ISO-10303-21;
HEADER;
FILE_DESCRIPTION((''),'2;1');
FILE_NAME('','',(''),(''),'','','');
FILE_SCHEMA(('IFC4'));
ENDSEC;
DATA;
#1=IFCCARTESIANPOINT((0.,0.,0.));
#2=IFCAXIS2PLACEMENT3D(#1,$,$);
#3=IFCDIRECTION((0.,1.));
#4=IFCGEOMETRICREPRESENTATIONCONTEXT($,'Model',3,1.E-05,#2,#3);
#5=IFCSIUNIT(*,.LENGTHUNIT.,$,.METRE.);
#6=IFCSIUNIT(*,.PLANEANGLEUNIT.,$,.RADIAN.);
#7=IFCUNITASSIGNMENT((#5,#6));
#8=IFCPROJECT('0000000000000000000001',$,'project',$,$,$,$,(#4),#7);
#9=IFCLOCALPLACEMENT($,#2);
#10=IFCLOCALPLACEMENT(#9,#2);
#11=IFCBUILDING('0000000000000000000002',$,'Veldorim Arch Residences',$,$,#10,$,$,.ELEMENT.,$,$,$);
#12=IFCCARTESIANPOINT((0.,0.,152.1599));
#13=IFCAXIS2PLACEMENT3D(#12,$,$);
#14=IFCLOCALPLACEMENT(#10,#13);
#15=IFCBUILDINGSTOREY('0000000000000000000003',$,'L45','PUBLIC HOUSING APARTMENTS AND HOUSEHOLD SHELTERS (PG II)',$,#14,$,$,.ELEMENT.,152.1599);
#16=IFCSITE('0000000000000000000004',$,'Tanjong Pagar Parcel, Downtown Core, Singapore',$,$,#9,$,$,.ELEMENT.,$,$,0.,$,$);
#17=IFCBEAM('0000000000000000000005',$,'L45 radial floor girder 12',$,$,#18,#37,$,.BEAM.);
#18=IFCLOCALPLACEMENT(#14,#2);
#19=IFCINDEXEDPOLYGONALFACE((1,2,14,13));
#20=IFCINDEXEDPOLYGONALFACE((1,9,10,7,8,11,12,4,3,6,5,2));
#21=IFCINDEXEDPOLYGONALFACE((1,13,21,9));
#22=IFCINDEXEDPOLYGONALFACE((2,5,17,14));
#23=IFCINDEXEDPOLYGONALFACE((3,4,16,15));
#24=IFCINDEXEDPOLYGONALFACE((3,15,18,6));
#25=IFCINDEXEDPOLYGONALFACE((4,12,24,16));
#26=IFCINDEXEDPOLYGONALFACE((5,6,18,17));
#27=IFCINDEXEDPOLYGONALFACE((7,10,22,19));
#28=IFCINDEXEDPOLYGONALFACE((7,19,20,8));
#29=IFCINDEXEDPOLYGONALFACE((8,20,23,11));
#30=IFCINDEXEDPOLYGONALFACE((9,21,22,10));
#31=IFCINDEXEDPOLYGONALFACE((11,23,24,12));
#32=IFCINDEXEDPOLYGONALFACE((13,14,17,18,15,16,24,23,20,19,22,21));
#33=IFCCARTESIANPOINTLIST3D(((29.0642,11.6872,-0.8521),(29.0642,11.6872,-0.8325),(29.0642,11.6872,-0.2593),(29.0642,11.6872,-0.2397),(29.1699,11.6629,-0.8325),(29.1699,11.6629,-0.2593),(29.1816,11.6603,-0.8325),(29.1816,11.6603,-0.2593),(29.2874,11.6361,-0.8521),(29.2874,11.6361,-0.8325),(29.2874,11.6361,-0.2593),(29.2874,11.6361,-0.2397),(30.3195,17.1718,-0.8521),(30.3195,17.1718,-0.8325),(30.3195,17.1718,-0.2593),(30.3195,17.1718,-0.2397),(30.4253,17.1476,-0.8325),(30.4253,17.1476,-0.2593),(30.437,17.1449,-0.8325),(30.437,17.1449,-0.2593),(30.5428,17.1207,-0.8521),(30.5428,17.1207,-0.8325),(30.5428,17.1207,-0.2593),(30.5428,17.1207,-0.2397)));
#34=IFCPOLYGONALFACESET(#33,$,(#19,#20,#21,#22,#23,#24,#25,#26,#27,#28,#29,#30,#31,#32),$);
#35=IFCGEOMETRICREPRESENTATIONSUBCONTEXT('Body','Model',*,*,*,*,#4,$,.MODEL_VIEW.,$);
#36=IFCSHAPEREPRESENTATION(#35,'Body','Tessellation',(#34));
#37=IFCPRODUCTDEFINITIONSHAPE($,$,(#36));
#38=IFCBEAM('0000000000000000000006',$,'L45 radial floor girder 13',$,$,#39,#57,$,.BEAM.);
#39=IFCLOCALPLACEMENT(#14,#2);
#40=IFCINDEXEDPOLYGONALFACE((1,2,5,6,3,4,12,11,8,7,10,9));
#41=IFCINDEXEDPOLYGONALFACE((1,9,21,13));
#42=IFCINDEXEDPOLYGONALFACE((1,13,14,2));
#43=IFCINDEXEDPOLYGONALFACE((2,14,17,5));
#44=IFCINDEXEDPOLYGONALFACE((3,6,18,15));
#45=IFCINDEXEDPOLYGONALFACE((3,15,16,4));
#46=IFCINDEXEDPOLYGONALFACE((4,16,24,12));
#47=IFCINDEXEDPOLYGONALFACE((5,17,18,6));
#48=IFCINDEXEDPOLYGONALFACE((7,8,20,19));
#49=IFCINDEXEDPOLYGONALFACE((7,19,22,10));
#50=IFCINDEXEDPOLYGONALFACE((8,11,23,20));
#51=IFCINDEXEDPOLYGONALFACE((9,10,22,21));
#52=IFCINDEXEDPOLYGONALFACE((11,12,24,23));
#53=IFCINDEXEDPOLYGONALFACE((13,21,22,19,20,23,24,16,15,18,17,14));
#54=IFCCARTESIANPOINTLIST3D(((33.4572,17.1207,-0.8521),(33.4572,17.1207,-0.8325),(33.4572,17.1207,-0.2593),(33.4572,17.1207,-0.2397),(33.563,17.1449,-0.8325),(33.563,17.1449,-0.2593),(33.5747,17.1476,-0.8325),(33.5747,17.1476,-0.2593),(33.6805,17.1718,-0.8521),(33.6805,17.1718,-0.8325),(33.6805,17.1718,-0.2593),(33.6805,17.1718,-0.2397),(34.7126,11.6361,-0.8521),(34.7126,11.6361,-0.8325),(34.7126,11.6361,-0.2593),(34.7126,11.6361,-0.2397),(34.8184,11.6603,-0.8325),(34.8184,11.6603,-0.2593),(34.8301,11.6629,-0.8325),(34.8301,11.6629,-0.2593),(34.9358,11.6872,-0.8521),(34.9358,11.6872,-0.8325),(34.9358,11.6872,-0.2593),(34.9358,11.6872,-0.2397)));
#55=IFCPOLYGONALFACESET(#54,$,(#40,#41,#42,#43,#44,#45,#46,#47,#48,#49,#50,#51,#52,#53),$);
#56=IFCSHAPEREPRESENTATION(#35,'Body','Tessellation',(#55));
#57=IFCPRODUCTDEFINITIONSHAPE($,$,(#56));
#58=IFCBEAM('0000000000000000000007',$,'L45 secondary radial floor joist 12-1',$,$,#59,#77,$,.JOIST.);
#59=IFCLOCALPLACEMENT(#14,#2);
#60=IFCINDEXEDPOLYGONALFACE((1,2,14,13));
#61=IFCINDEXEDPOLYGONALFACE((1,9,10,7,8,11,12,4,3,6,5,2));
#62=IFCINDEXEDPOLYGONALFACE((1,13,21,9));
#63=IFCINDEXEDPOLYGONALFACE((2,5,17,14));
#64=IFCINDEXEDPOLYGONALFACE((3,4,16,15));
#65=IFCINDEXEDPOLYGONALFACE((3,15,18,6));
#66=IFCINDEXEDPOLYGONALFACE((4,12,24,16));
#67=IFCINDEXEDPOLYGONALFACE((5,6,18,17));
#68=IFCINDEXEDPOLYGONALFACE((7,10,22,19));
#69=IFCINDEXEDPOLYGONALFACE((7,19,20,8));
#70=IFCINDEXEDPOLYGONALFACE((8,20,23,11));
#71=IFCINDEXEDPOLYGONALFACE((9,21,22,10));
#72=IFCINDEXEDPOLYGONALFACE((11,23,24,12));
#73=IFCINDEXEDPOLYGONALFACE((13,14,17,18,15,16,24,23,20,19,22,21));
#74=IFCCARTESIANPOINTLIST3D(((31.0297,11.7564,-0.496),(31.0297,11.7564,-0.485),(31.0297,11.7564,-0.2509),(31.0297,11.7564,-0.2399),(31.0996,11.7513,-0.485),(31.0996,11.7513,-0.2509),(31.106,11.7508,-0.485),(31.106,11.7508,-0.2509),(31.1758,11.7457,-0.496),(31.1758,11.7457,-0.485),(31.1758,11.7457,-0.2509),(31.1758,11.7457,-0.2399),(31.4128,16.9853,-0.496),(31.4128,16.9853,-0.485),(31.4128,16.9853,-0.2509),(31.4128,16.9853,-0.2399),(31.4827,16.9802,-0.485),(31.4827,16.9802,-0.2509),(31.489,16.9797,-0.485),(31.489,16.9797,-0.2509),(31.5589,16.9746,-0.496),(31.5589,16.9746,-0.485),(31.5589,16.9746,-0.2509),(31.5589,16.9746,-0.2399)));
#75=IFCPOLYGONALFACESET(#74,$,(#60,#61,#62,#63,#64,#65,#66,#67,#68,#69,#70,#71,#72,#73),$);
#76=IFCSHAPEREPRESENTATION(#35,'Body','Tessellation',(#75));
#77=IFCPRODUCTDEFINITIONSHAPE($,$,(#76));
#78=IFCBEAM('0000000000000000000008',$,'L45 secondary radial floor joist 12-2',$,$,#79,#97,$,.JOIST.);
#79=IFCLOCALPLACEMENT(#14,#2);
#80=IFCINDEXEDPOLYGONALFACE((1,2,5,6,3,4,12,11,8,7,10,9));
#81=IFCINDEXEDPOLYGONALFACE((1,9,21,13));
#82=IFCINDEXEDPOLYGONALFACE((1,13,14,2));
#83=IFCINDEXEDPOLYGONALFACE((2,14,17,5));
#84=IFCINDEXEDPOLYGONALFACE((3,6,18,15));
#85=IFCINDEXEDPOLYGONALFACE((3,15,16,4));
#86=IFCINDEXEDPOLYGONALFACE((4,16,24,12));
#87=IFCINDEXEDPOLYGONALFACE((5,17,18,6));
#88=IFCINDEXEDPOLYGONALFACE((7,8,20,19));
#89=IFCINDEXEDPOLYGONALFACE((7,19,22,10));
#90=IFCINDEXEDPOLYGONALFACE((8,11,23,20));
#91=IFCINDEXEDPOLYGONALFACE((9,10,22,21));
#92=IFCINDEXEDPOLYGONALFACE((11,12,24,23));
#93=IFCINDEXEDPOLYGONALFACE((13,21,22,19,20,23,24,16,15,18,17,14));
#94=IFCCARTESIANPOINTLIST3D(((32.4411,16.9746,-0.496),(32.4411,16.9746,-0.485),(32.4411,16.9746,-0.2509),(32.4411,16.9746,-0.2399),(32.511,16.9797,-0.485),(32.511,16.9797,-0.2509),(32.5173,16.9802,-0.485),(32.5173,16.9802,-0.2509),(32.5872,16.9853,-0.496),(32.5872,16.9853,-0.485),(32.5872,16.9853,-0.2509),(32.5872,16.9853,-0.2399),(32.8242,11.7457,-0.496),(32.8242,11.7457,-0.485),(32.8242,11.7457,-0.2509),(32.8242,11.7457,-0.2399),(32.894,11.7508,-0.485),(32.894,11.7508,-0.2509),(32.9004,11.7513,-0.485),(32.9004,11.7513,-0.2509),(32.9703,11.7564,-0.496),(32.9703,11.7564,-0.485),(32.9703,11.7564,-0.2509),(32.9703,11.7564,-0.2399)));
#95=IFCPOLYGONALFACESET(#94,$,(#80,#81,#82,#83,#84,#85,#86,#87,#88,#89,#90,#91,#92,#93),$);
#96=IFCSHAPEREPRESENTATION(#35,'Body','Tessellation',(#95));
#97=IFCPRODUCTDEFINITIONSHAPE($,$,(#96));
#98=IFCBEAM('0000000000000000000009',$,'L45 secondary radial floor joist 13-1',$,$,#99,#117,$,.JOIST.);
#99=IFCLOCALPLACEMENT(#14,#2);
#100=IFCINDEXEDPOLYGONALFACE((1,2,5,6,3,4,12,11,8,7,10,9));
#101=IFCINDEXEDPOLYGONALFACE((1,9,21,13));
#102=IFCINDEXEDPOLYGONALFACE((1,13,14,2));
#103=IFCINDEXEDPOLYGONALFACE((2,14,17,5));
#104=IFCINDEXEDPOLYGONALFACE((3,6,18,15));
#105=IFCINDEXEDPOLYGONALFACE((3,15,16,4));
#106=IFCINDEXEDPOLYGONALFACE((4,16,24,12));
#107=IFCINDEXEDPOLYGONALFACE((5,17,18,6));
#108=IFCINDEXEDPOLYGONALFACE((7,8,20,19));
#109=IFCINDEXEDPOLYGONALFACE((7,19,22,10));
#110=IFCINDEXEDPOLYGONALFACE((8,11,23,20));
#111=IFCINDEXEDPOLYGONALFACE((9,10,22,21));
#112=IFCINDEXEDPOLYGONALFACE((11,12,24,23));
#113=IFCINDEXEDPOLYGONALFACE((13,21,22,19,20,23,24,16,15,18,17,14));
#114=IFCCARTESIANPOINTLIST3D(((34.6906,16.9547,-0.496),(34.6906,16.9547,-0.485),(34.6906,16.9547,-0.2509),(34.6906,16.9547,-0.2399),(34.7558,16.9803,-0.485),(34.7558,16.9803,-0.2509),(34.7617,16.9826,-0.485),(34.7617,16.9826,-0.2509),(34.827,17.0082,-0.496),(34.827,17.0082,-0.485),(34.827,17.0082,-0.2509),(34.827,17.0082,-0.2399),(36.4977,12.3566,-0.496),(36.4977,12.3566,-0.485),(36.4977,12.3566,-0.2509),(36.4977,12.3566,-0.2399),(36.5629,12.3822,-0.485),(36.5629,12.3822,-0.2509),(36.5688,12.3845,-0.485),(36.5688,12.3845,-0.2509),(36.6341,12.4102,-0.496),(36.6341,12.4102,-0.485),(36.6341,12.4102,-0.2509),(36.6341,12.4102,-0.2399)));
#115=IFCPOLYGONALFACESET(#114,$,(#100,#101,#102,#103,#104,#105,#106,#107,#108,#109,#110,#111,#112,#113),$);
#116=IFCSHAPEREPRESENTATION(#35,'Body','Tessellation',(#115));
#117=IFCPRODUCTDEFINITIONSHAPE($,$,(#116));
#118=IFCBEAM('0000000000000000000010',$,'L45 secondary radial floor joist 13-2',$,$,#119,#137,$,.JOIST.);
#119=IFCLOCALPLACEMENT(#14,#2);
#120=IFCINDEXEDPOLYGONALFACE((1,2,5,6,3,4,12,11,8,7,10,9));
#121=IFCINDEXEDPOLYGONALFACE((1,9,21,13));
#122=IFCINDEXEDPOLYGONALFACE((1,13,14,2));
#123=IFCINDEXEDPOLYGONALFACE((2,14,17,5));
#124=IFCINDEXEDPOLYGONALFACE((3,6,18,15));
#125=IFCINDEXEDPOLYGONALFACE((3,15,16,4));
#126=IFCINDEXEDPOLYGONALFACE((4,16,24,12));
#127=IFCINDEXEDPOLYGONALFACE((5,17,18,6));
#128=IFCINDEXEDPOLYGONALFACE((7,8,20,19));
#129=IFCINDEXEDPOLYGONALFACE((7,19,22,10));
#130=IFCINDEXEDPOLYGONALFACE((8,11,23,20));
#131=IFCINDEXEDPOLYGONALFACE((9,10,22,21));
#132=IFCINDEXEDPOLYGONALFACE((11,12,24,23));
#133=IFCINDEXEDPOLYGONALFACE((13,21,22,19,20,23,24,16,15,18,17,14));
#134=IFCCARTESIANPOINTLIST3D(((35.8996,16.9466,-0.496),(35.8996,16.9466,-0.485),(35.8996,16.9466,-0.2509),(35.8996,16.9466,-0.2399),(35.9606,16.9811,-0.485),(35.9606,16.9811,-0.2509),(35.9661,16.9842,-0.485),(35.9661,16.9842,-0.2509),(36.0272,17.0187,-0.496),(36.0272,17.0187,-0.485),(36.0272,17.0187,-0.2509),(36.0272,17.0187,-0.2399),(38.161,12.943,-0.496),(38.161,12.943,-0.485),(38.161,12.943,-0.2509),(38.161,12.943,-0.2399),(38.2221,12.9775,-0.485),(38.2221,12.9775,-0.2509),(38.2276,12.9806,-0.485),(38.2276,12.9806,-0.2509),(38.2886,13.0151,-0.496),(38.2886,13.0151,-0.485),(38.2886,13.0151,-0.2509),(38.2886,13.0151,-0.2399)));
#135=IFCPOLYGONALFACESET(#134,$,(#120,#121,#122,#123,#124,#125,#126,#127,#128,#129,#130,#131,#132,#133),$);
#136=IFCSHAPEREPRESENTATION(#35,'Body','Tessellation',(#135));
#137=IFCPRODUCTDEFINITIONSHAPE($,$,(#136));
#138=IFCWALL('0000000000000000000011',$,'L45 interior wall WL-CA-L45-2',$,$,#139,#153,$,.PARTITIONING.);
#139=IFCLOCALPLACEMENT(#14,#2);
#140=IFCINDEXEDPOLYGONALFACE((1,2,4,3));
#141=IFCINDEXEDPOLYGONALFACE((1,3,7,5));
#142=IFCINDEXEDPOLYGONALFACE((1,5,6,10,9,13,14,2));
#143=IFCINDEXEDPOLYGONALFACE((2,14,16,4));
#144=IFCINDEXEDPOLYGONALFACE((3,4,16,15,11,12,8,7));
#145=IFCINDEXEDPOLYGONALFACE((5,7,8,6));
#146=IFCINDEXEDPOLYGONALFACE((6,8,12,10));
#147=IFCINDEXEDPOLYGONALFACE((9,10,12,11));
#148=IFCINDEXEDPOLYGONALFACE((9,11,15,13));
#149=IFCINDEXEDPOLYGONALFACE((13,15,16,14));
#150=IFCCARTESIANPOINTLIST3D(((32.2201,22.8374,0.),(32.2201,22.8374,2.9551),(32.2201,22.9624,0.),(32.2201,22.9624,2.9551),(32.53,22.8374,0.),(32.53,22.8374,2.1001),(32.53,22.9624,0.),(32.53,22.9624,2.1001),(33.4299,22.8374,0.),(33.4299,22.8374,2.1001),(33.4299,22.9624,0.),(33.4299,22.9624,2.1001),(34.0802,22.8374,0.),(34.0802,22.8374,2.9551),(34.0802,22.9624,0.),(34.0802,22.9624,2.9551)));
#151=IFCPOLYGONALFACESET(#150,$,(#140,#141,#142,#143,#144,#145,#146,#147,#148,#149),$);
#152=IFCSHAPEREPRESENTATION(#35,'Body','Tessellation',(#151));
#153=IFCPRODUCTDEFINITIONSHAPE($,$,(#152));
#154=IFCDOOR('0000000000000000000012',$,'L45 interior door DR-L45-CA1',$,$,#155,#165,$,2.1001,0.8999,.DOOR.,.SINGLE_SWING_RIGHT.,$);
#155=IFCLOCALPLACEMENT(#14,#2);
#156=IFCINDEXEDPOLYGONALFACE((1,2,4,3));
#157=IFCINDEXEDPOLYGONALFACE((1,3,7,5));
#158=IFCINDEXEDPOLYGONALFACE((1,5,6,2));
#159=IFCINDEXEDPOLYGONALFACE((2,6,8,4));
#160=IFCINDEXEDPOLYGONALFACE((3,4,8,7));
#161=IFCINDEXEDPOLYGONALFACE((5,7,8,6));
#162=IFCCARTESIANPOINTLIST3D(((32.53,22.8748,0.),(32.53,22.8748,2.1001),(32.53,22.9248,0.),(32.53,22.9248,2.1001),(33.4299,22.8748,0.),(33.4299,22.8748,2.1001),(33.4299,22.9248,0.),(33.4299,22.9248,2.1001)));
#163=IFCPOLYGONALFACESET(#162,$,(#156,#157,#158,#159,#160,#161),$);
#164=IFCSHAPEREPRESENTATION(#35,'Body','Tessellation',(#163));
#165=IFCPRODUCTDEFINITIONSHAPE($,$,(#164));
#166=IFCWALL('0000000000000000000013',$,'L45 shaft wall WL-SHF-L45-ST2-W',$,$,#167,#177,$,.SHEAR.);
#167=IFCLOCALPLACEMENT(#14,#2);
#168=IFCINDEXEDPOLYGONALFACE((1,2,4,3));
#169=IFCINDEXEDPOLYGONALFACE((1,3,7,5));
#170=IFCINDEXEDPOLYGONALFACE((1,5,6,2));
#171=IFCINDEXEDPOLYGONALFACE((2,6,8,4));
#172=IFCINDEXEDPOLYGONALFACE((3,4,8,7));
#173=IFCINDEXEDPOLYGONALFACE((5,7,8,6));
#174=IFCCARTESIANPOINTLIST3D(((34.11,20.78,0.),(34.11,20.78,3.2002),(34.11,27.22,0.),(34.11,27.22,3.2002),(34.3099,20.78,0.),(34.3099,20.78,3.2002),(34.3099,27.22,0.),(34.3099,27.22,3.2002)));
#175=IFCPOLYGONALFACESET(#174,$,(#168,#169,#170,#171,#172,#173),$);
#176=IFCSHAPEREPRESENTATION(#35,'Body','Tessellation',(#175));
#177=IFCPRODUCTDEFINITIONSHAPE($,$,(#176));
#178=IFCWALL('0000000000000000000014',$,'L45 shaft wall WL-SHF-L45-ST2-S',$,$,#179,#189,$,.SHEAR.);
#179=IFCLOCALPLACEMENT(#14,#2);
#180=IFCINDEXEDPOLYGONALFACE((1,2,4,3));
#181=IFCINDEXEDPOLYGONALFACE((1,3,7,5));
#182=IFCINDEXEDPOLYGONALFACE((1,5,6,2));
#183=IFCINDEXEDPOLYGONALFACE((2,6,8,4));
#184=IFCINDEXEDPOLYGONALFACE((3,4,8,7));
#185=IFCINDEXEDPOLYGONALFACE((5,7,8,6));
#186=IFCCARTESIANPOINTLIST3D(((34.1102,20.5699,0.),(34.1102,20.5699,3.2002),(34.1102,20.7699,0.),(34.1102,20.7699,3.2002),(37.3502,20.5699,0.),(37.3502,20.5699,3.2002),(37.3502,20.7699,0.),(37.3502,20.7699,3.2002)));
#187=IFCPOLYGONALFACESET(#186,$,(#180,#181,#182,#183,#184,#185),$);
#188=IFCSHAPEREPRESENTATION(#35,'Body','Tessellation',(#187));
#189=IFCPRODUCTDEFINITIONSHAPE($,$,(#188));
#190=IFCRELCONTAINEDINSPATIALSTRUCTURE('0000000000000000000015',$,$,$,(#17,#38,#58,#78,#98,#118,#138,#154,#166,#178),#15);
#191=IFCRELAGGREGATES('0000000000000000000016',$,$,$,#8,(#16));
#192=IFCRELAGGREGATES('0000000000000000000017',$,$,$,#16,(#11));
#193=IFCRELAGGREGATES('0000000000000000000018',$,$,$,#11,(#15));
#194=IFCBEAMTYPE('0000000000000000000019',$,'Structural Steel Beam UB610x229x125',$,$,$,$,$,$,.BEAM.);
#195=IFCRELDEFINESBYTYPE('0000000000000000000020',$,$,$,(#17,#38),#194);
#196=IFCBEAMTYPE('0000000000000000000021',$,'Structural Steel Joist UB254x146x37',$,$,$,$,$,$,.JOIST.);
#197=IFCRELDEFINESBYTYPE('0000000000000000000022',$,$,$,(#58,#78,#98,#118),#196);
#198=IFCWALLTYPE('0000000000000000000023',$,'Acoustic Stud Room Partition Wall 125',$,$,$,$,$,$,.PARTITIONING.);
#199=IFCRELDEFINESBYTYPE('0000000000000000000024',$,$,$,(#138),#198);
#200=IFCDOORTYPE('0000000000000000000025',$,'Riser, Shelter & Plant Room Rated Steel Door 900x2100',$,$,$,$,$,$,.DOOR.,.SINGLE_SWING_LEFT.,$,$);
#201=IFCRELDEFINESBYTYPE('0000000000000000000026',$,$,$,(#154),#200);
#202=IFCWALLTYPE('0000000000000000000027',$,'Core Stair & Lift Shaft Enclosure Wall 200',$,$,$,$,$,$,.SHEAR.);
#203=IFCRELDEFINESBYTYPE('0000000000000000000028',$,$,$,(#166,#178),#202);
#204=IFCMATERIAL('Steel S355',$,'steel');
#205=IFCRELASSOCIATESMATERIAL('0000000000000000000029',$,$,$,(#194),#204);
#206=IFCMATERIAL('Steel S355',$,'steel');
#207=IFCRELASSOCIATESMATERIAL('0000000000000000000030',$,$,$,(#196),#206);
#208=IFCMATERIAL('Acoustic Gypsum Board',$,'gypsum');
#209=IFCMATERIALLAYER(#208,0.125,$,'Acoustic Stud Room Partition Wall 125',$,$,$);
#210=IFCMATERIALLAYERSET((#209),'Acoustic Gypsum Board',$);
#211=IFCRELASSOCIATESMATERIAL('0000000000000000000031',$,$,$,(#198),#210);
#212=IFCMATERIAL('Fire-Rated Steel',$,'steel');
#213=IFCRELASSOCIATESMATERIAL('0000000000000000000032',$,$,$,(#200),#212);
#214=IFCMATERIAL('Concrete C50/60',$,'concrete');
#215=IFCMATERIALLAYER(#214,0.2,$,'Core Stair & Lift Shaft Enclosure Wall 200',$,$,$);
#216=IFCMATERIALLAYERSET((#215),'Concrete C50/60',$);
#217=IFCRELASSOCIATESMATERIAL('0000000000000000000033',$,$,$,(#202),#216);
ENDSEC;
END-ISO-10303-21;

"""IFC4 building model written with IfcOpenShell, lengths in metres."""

from ifc_helpers import new_model, si_unit, direction, frame, frame_2d, origin, origin_2d, place, context, subcontext, project, spatial, rectangle, i_section, extrude, material, layer, layer_set, material_profile, profile_set, type_object, element, fill, save


model = new_model("IFC4")

# Units and contexts
model_context = context("Model", 3, precision=1e-05, world=origin(), true_north=direction((0.0, 1.0)))
body_context = subcontext(model_context, "Body", "Model", "MODEL_VIEW")
ifc_project = project(units=[si_unit("LENGTHUNIT", "METRE"), si_unit("PLANEANGLEUNIT", "RADIAN")], contexts=[model_context])

# Site, building, storey
site_placement = place(None, origin())
site = spatial("IfcSite", under=ifc_project, at=site_placement, Name="Tanjong Pagar Parcel, Downtown Core, Singapore", CompositionType="ELEMENT", RefElevation=0.0)
building_placement = place(site_placement, origin())
building = spatial("IfcBuilding", under=site, at=building_placement, Name="Veldorim Arch Residences", CompositionType="ELEMENT")
storey_placement = place(building_placement, frame((0.0, 0.0, 152.1599)))
storey = spatial("IfcBuildingStorey", under=building, at=storey_placement, Name="L45", Description="PUBLIC HOUSING APARTMENTS AND HOUSEHOLD SHELTERS (PG II)", CompositionType="ELEMENT", Elevation=152.1599)

# Beams
ifc_material_1 = material(Name="Steel S355", Category="steel")
ifc_material_profile_1 = material_profile(ifc_material_1, i_section(OverallWidth=0.229, OverallDepth=0.6123, WebThickness=0.012, FlangeThickness=0.0195, at=origin_2d()), Name="UB610x229x125")
ifc_profile_set_1 = profile_set([ifc_material_profile_1], Name="Steel S355")
beam_type_1 = type_object("IfcBeamType", Name="Structural Steel Beam UB610x229x125", PredefinedType="BEAM", material=ifc_profile_set_1)
for number, where, z_axis, x_axis, name in (
    (1, (30.4312, 17.1462, -0.5459), (-0.223119, -0.974791, 0.0), (0.974791, -0.223119, 0.0), "L45 radial floor girder 12"),
    (2, (33.5688, 17.1462, -0.5459), (0.223119, -0.974791, 0.0), (0.974791, 0.223119, 0.0), "L45 radial floor girder 13"),
):
    element("IfcBeam", number, at=place(storey_placement, frame(where, z_axis=z_axis, x_axis=x_axis)), inside=storey, type_object=beam_type_1, Name=name, PredefinedType="BEAM", context=body_context, shape_type="SweptSolid", body=[
        extrude(i_section(OverallWidth=0.229, OverallDepth=0.6123, WebThickness=0.012, FlangeThickness=0.0195, at=origin_2d()), origin(), (0.0, 0.0, 1.0), 5.6265),
    ])
ifc_material_2 = material(Name="Steel S355", Category="steel")
ifc_material_profile_2 = material_profile(ifc_material_2, i_section(OverallWidth=0.1465, OverallDepth=0.2561, WebThickness=0.0063, FlangeThickness=0.011, at=origin_2d()), Name="UB254x146x37")
ifc_profile_set_2 = profile_set([ifc_material_profile_2], Name="Steel S355")
beam_type_2 = type_object("IfcBeamType", Name="Structural Steel Joist UB254x146x37", PredefinedType="JOIST", material=ifc_profile_set_2)
for number, where, z_axis, x_axis, name in (
    (3, (31.4858, 16.98, -0.3679), (-0.07306, -0.997328, 0.0), (0.997328, -0.07306, 0.0), "L45 secondary radial floor joist 12-1"),
    (4, (32.5142, 16.98, -0.3679), (0.07306, -0.997328, 0.0), (0.997328, 0.07306, 0.0), "L45 secondary radial floor joist 12-2"),
):
    element("IfcBeam", number, at=place(storey_placement, frame(where, z_axis=z_axis, x_axis=x_axis)), inside=storey, type_object=beam_type_2, Name=name, PredefinedType="JOIST", context=body_context, shape_type="SweptSolid", body=[
        extrude(i_section(OverallWidth=0.1465, OverallDepth=0.2561, WebThickness=0.0063, FlangeThickness=0.011, at=origin_2d()), origin(), (0.0, 0.0, 1.0), 5.2429),
    ])
beam_1_placement = place(storey_placement, frame((34.7588, 16.9814, -0.3679), z_axis=(0.365778, -0.930702, 0.0), x_axis=(0.930702, 0.365778, 0.0)))
element("IfcBeam", 5, at=beam_1_placement, inside=storey, type_object=beam_type_2, Name="L45 secondary radial floor joist 13-1", PredefinedType="JOIST", context=body_context, shape_type="SweptSolid", body=[
    extrude(i_section(OverallWidth=0.1465, OverallDepth=0.2561, WebThickness=0.0063, FlangeThickness=0.011, at=origin_2d()), origin(), (0.0, 0.0, 1.0), 4.9404),
])
beam_2_placement = place(storey_placement, frame((35.9634, 16.9827, -0.3679), z_axis=(0.491816, -0.870699, 0.0), x_axis=(0.870699, 0.491816, 0.0)))
element("IfcBeam", 6, at=beam_2_placement, inside=storey, type_object=beam_type_2, Name="L45 secondary radial floor joist 13-2", PredefinedType="JOIST", context=body_context, shape_type="SweptSolid", body=[
    extrude(i_section(OverallWidth=0.1465, OverallDepth=0.2561, WebThickness=0.0063, FlangeThickness=0.011, at=origin_2d()), origin(), (0.0, 0.0, 1.0), 4.5981),
])

# Wall, opening, door
ifc_material_3 = material(Name="Acoustic Gypsum Board", Category="gypsum")
ifc_layer_1 = layer(ifc_material_3, 0.125, Name="Acoustic Stud Room Partition Wall 125")
ifc_layer_set_1 = layer_set([ifc_layer_1], Name="Acoustic Gypsum Board")
wall_type_1 = type_object("IfcWallType", Name="Acoustic Stud Room Partition Wall 125", PredefinedType="PARTITIONING", material=ifc_layer_set_1)
wall_1_placement = place(storey_placement, frame((32.22, 22.8999, 0.0), z_axis=(0.0, 0.0, 1.0), x_axis=(1.0, 0.0, 0.0)))
wall_1 = element("IfcWall", 7, at=wall_1_placement, inside=storey, type_object=wall_type_1, Name="L45 interior wall WL-CA-L45-2", PredefinedType="PARTITIONING", context=body_context, shape_type="SweptSolid", body=[
    extrude(rectangle(XDim=1.8601, YDim=0.125, at=frame_2d((0.9302, 0.0))), origin(), (0.0, 0.0, 1.0), 2.9551),
])
opening_1_placement = place(wall_1_placement, frame((0.3101, 0.0, 0.0)))
opening_1 = element("IfcOpeningElement", 8, at=opening_1_placement, cuts=wall_1, PredefinedType="OPENING", context=body_context, shape_type="SweptSolid", body=[
    extrude(rectangle(XDim=0.8999, YDim=2.1001, at=frame_2d((0.45, 1.05))), frame((0.0, 0.0725, 0.0), z_axis=(0.0, -1.0, 0.0), x_axis=(1.0, 0.0, 0.0)), (0.0, 0.0, 1.0), 0.145),
])
ifc_material_4 = material(Name="Fire-Rated Steel", Category="steel")
door_type_1 = type_object("IfcDoorType", Name="Riser, Shelter & Plant Room Rated Steel Door 900x2100", OperationType="SINGLE_SWING_LEFT", PredefinedType="DOOR", material=ifc_material_4)
door_1_placement = place(opening_1_placement, origin())
door_1 = element("IfcDoor", 9, at=door_1_placement, inside=storey, type_object=door_type_1, Name="L45 interior door DR-L45-CA1", OperationType="SINGLE_SWING_RIGHT", OverallHeight=2.1001, OverallWidth=0.8999, PredefinedType="DOOR", context=body_context, shape_type="SweptSolid", body=[
    extrude(rectangle(XDim=0.8999, YDim=2.1001, at=frame_2d((0.45, 1.05))), frame((0.0, 0.0249, 0.0), z_axis=(0.0, -1.0, 0.0), x_axis=(1.0, 0.0, 0.0)), (0.0, 0.0, 1.0), 0.05),
])
fill(opening_1, door_1)

# Walls
ifc_material_5 = material(Name="Concrete C50/60", Category="concrete")
ifc_layer_2 = layer(ifc_material_5, 0.2, Name="Core Stair & Lift Shaft Enclosure Wall 200")
ifc_layer_set_2 = layer_set([ifc_layer_2], Name="Concrete C50/60")
wall_type_2 = type_object("IfcWallType", Name="Core Stair & Lift Shaft Enclosure Wall 200", PredefinedType="SHEAR", material=ifc_layer_set_2)
wall_2_placement = place(storey_placement, frame((34.21, 20.78, 0.0), z_axis=(0.0, 0.0, 1.0), x_axis=(0.0, 1.0, 0.0)))
element("IfcWall", 10, at=wall_2_placement, inside=storey, type_object=wall_type_2, Name="L45 shaft wall WL-SHF-L45-ST2-W", PredefinedType="SHEAR", context=body_context, shape_type="SweptSolid", body=[
    extrude(rectangle(XDim=6.4399, YDim=0.2, at=frame_2d((3.22, 0.0))), origin(), (0.0, 0.0, 1.0), 3.2002),
])
wall_3_placement = place(storey_placement, frame((34.1101, 20.6699, 0.0), z_axis=(0.0, 0.0, 1.0), x_axis=(1.0, 0.0, 0.0)))
element("IfcWall", 11, at=wall_3_placement, inside=storey, type_object=wall_type_2, Name="L45 shaft wall WL-SHF-L45-ST2-S", PredefinedType="SHEAR", context=body_context, shape_type="SweptSolid", body=[
    extrude(rectangle(XDim=3.24, YDim=0.2, at=frame_2d((1.6201, 0.0))), origin(), (0.0, 0.0, 1.0), 3.2002),
])

save(model, "model.ifc")
